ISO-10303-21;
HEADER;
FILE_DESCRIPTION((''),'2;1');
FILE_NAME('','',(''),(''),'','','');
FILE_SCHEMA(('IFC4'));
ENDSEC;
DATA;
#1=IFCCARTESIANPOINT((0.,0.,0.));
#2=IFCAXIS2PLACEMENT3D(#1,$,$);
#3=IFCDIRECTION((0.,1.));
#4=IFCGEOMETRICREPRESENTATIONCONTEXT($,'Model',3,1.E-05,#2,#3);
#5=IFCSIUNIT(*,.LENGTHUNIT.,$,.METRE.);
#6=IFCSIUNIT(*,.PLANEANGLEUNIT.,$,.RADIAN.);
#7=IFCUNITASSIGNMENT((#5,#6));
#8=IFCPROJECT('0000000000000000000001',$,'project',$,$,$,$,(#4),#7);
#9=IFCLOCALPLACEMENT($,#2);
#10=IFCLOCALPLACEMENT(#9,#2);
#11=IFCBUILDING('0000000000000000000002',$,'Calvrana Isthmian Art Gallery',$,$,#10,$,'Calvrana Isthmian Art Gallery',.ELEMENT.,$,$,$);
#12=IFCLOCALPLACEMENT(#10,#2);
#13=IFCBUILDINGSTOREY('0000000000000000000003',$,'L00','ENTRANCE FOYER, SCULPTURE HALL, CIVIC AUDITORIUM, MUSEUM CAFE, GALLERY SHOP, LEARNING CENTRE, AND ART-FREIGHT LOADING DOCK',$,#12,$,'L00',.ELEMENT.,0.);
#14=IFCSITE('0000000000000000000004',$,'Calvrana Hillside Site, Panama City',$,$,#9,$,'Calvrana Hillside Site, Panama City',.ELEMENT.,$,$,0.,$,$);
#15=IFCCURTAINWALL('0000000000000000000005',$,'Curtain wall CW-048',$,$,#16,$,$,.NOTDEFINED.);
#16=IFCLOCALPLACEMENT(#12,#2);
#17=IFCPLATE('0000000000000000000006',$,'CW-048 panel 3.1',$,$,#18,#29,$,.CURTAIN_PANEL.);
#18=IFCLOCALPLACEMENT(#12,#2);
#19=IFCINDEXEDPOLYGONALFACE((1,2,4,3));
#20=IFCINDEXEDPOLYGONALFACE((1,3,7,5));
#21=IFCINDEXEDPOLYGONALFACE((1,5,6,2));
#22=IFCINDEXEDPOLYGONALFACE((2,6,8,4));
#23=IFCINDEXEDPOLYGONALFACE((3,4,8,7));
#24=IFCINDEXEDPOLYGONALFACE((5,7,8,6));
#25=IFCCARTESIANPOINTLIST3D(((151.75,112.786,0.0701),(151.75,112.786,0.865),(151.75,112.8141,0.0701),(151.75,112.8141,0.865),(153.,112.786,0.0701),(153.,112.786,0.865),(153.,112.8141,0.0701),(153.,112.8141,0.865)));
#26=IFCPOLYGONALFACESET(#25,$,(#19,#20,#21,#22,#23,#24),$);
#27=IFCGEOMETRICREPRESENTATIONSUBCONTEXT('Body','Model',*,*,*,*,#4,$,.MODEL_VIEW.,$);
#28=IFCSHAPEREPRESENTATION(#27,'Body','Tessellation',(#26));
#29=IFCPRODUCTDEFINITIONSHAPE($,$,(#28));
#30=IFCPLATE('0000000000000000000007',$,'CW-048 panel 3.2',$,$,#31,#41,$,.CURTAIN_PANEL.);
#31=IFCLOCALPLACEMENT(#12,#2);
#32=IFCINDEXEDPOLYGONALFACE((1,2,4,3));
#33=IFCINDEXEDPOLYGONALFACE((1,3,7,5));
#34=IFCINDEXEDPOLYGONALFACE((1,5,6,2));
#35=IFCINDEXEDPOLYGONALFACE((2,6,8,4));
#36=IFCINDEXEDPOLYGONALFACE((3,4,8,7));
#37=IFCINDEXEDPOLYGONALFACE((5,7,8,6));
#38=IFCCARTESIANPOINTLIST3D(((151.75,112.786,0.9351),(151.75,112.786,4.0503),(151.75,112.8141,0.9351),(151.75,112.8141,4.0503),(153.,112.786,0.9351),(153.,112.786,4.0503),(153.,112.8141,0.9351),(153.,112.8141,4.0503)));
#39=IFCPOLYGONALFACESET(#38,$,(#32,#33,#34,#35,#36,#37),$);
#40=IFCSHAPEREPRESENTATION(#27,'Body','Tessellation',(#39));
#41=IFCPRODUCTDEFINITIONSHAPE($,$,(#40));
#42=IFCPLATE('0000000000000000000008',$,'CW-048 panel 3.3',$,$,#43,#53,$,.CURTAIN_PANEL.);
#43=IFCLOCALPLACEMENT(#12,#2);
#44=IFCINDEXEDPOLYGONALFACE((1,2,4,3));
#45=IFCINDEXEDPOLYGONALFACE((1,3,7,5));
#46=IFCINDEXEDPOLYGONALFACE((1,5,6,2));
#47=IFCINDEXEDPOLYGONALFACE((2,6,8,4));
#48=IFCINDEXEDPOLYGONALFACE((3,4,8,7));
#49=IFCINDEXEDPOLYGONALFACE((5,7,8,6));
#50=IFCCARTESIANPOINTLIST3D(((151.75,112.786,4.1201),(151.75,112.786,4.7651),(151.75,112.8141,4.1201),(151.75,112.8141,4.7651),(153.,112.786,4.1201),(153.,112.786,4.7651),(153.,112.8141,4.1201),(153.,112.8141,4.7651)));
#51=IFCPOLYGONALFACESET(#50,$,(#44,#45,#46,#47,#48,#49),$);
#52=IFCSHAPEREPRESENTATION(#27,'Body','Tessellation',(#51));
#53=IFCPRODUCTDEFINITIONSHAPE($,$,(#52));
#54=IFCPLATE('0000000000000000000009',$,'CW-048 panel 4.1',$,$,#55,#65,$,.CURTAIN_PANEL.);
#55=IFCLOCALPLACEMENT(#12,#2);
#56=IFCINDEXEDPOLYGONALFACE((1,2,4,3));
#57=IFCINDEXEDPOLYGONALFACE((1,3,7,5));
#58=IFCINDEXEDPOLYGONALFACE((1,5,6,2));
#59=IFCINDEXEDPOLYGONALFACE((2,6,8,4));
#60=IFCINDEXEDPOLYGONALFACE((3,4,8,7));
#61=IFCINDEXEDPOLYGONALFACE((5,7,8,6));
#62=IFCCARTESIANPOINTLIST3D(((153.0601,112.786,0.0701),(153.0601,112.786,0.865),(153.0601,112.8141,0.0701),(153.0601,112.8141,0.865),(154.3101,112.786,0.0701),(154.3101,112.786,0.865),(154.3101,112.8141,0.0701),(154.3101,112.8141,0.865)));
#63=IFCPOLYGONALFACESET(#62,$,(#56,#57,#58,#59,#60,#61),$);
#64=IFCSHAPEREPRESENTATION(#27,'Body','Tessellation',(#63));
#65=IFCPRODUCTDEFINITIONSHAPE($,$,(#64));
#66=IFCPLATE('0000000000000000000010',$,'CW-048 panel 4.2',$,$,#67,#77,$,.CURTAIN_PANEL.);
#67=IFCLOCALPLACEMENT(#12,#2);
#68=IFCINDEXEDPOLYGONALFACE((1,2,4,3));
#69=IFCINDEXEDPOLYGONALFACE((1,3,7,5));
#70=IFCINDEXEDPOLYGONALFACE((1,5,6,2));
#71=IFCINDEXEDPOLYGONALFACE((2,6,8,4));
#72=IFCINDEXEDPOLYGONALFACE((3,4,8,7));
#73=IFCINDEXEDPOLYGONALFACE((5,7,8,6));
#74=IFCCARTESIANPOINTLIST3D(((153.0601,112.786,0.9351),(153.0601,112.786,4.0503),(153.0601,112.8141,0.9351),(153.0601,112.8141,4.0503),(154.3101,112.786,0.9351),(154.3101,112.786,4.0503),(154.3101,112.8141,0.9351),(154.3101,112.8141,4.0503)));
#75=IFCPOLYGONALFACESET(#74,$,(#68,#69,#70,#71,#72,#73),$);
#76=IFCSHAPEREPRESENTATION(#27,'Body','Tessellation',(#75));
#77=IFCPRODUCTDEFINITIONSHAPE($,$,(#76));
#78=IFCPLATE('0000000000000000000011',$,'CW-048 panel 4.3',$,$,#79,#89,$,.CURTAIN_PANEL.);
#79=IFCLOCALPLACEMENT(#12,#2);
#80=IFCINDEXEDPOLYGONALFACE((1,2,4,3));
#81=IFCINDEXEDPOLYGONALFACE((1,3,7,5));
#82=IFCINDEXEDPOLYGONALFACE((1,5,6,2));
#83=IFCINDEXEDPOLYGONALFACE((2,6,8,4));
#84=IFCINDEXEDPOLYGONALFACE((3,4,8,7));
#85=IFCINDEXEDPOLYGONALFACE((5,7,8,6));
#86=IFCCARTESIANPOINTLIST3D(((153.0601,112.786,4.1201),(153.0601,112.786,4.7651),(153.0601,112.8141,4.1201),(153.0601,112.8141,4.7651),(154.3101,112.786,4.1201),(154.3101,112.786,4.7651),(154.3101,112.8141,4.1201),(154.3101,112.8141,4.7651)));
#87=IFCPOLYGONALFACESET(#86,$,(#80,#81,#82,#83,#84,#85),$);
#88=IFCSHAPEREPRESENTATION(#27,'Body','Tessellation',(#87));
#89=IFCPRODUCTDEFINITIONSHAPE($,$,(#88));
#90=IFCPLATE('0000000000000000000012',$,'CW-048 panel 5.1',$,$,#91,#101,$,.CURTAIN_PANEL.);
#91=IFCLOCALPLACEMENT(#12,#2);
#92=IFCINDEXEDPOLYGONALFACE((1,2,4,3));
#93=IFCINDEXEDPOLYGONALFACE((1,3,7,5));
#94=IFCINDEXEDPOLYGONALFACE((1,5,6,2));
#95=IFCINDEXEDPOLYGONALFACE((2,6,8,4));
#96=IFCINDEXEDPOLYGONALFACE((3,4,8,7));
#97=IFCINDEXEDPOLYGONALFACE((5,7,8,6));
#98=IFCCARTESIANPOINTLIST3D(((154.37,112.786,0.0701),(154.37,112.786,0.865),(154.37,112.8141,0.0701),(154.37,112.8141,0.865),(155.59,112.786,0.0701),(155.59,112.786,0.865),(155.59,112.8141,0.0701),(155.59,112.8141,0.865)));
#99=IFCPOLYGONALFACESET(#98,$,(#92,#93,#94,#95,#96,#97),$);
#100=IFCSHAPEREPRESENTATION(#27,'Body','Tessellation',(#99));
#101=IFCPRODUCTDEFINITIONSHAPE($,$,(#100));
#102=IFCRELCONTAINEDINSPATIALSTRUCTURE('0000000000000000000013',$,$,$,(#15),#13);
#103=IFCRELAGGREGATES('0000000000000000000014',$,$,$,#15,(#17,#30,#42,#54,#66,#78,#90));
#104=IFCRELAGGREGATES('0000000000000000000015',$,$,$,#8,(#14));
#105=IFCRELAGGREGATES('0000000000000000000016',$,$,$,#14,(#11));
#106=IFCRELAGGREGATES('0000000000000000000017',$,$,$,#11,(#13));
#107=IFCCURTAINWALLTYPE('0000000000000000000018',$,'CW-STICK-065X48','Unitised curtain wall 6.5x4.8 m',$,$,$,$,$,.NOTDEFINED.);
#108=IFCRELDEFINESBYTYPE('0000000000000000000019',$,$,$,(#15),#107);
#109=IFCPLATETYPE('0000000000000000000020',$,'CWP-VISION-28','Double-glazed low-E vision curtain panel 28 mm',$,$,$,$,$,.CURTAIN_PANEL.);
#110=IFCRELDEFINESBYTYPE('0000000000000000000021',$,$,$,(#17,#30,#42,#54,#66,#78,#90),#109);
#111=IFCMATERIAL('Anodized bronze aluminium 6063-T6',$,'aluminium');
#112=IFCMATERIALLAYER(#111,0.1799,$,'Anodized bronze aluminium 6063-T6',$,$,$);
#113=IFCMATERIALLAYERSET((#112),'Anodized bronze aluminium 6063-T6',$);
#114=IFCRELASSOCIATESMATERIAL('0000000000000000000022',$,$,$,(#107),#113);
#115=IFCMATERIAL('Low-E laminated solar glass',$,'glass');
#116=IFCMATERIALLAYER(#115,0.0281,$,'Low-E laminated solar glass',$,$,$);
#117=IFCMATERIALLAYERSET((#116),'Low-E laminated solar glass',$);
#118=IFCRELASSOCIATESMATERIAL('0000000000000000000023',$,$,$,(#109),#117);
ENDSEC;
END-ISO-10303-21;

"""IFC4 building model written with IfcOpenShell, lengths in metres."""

from ifc_helpers import new_model, si_unit, direction, frame, origin, origin_2d, place, context, subcontext, project, spatial, rectangle, extrude, material, layer, layer_set, type_object, element, aggregate, save


model = new_model("IFC4")

# Units and contexts
model_context = context("Model", 3, precision=1e-05, world=origin(), true_north=direction((0.0, 1.0)))
body_context = subcontext(model_context, "Body", "Model", "MODEL_VIEW")
ifc_project = project(units=[si_unit("LENGTHUNIT", "METRE"), si_unit("PLANEANGLEUNIT", "RADIAN")], contexts=[model_context])

# Site, building, storey
site_placement = place(None, origin())
site = spatial("IfcSite", under=ifc_project, at=site_placement, Name="Calvrana Hillside Site, Panama City", LongName="Calvrana Hillside Site, Panama City", CompositionType="ELEMENT", RefElevation=0.0)
building_placement = place(site_placement, origin())
building = spatial("IfcBuilding", under=site, at=building_placement, Name="Calvrana Isthmian Art Gallery", LongName="Calvrana Isthmian Art Gallery", CompositionType="ELEMENT")
storey_placement = place(building_placement, origin())
storey = spatial("IfcBuildingStorey", under=building, at=storey_placement, Name="L00", Description="ENTRANCE FOYER, SCULPTURE HALL, CIVIC AUDITORIUM, MUSEUM CAFE, GALLERY SHOP, LEARNING CENTRE, AND ART-FREIGHT LOADING DOCK", LongName="L00", CompositionType="ELEMENT", Elevation=0.0)

# Curtain wall, plates
ifc_material_1 = material(Name="Anodized bronze aluminium 6063-T6", Category="aluminium")
ifc_layer_1 = layer(ifc_material_1, 0.1799, Name="Anodized bronze aluminium 6063-T6")
ifc_layer_set_1 = layer_set([ifc_layer_1], Name="Anodized bronze aluminium 6063-T6")
curtain_wall_type = type_object("IfcCurtainWallType", Name="CW-STICK-065X48", Description="Unitised curtain wall 6.5x4.8 m", PredefinedType="NOTDEFINED", material=ifc_layer_set_1)
curtain_wall_placement = place(storey_placement, origin())
curtain_wall = element("IfcCurtainWall", 1, at=curtain_wall_placement, inside=storey, type_object=curtain_wall_type, Name="Curtain wall CW-048", PredefinedType="NOTDEFINED")
ifc_material_2 = material(Name="Low-E laminated solar glass", Category="glass")
ifc_layer_2 = layer(ifc_material_2, 0.0281, Name="Low-E laminated solar glass")
ifc_layer_set_2 = layer_set([ifc_layer_2], Name="Low-E laminated solar glass")
plate_type = type_object("IfcPlateType", Name="CWP-VISION-28", Description="Double-glazed low-E vision curtain panel 28 mm", PredefinedType="CURTAIN_PANEL", material=ifc_layer_set_2)
plate_1_placement = place(storey_placement, frame((152.375, 112.8, 0.0701), z_axis=(0.0, 0.0, 1.0), x_axis=(1.0, 0.0, 0.0)))
plate_1 = element("IfcPlate", 2, at=plate_1_placement, type_object=plate_type, Name="CW-048 panel 3.1", PredefinedType="CURTAIN_PANEL", context=body_context, shape_type="SweptSolid", body=[
    extrude(rectangle(XDim=1.25, YDim=0.0281, at=origin_2d()), origin(), (0.0, 0.0, 1.0), 0.7949),
])
plate_2_placement = place(storey_placement, frame((152.375, 112.8, 0.9351), z_axis=(0.0, 0.0, 1.0), x_axis=(1.0, 0.0, 0.0)))
plate_2 = element("IfcPlate", 3, at=plate_2_placement, type_object=plate_type, Name="CW-048 panel 3.2", PredefinedType="CURTAIN_PANEL", context=body_context, shape_type="SweptSolid", body=[
    extrude(rectangle(XDim=1.25, YDim=0.0281, at=origin_2d()), origin(), (0.0, 0.0, 1.0), 3.1152),
])
plate_3_placement = place(storey_placement, frame((152.375, 112.8, 4.1201), z_axis=(0.0, 0.0, 1.0), x_axis=(1.0, 0.0, 0.0)))
plate_3 = element("IfcPlate", 4, at=plate_3_placement, type_object=plate_type, Name="CW-048 panel 3.3", PredefinedType="CURTAIN_PANEL", context=body_context, shape_type="SweptSolid", body=[
    extrude(rectangle(XDim=1.25, YDim=0.0281, at=origin_2d()), origin(), (0.0, 0.0, 1.0), 0.645),
])
plate_4_placement = place(storey_placement, frame((153.6851, 112.8, 0.0701), z_axis=(0.0, 0.0, 1.0), x_axis=(1.0, 0.0, 0.0)))
plate_4 = element("IfcPlate", 5, at=plate_4_placement, type_object=plate_type, Name="CW-048 panel 4.1", PredefinedType="CURTAIN_PANEL", context=body_context, shape_type="SweptSolid", body=[
    extrude(rectangle(XDim=1.25, YDim=0.0281, at=origin_2d()), origin(), (0.0, 0.0, 1.0), 0.7949),
])
plate_5_placement = place(storey_placement, frame((153.6851, 112.8, 0.9351), z_axis=(0.0, 0.0, 1.0), x_axis=(1.0, 0.0, 0.0)))
plate_5 = element("IfcPlate", 6, at=plate_5_placement, type_object=plate_type, Name="CW-048 panel 4.2", PredefinedType="CURTAIN_PANEL", context=body_context, shape_type="SweptSolid", body=[
    extrude(rectangle(XDim=1.25, YDim=0.0281, at=origin_2d()), origin(), (0.0, 0.0, 1.0), 3.1152),
])
plate_6_placement = place(storey_placement, frame((153.6851, 112.8, 4.1201), z_axis=(0.0, 0.0, 1.0), x_axis=(1.0, 0.0, 0.0)))
plate_6 = element("IfcPlate", 7, at=plate_6_placement, type_object=plate_type, Name="CW-048 panel 4.3", PredefinedType="CURTAIN_PANEL", context=body_context, shape_type="SweptSolid", body=[
    extrude(rectangle(XDim=1.25, YDim=0.0281, at=origin_2d()), origin(), (0.0, 0.0, 1.0), 0.645),
])
plate_7_placement = place(storey_placement, frame((154.98, 112.8, 0.0701), z_axis=(0.0, 0.0, 1.0), x_axis=(1.0, 0.0, 0.0)))
plate_7 = element("IfcPlate", 8, at=plate_7_placement, type_object=plate_type, Name="CW-048 panel 5.1", PredefinedType="CURTAIN_PANEL", context=body_context, shape_type="SweptSolid", body=[
    extrude(rectangle(XDim=1.22, YDim=0.0281, at=origin_2d()), origin(), (0.0, 0.0, 1.0), 0.7949),
])
aggregate(curtain_wall, [plate_1, plate_2, plate_3, plate_4, plate_5, plate_6, plate_7])

save(model, "model.ifc")
